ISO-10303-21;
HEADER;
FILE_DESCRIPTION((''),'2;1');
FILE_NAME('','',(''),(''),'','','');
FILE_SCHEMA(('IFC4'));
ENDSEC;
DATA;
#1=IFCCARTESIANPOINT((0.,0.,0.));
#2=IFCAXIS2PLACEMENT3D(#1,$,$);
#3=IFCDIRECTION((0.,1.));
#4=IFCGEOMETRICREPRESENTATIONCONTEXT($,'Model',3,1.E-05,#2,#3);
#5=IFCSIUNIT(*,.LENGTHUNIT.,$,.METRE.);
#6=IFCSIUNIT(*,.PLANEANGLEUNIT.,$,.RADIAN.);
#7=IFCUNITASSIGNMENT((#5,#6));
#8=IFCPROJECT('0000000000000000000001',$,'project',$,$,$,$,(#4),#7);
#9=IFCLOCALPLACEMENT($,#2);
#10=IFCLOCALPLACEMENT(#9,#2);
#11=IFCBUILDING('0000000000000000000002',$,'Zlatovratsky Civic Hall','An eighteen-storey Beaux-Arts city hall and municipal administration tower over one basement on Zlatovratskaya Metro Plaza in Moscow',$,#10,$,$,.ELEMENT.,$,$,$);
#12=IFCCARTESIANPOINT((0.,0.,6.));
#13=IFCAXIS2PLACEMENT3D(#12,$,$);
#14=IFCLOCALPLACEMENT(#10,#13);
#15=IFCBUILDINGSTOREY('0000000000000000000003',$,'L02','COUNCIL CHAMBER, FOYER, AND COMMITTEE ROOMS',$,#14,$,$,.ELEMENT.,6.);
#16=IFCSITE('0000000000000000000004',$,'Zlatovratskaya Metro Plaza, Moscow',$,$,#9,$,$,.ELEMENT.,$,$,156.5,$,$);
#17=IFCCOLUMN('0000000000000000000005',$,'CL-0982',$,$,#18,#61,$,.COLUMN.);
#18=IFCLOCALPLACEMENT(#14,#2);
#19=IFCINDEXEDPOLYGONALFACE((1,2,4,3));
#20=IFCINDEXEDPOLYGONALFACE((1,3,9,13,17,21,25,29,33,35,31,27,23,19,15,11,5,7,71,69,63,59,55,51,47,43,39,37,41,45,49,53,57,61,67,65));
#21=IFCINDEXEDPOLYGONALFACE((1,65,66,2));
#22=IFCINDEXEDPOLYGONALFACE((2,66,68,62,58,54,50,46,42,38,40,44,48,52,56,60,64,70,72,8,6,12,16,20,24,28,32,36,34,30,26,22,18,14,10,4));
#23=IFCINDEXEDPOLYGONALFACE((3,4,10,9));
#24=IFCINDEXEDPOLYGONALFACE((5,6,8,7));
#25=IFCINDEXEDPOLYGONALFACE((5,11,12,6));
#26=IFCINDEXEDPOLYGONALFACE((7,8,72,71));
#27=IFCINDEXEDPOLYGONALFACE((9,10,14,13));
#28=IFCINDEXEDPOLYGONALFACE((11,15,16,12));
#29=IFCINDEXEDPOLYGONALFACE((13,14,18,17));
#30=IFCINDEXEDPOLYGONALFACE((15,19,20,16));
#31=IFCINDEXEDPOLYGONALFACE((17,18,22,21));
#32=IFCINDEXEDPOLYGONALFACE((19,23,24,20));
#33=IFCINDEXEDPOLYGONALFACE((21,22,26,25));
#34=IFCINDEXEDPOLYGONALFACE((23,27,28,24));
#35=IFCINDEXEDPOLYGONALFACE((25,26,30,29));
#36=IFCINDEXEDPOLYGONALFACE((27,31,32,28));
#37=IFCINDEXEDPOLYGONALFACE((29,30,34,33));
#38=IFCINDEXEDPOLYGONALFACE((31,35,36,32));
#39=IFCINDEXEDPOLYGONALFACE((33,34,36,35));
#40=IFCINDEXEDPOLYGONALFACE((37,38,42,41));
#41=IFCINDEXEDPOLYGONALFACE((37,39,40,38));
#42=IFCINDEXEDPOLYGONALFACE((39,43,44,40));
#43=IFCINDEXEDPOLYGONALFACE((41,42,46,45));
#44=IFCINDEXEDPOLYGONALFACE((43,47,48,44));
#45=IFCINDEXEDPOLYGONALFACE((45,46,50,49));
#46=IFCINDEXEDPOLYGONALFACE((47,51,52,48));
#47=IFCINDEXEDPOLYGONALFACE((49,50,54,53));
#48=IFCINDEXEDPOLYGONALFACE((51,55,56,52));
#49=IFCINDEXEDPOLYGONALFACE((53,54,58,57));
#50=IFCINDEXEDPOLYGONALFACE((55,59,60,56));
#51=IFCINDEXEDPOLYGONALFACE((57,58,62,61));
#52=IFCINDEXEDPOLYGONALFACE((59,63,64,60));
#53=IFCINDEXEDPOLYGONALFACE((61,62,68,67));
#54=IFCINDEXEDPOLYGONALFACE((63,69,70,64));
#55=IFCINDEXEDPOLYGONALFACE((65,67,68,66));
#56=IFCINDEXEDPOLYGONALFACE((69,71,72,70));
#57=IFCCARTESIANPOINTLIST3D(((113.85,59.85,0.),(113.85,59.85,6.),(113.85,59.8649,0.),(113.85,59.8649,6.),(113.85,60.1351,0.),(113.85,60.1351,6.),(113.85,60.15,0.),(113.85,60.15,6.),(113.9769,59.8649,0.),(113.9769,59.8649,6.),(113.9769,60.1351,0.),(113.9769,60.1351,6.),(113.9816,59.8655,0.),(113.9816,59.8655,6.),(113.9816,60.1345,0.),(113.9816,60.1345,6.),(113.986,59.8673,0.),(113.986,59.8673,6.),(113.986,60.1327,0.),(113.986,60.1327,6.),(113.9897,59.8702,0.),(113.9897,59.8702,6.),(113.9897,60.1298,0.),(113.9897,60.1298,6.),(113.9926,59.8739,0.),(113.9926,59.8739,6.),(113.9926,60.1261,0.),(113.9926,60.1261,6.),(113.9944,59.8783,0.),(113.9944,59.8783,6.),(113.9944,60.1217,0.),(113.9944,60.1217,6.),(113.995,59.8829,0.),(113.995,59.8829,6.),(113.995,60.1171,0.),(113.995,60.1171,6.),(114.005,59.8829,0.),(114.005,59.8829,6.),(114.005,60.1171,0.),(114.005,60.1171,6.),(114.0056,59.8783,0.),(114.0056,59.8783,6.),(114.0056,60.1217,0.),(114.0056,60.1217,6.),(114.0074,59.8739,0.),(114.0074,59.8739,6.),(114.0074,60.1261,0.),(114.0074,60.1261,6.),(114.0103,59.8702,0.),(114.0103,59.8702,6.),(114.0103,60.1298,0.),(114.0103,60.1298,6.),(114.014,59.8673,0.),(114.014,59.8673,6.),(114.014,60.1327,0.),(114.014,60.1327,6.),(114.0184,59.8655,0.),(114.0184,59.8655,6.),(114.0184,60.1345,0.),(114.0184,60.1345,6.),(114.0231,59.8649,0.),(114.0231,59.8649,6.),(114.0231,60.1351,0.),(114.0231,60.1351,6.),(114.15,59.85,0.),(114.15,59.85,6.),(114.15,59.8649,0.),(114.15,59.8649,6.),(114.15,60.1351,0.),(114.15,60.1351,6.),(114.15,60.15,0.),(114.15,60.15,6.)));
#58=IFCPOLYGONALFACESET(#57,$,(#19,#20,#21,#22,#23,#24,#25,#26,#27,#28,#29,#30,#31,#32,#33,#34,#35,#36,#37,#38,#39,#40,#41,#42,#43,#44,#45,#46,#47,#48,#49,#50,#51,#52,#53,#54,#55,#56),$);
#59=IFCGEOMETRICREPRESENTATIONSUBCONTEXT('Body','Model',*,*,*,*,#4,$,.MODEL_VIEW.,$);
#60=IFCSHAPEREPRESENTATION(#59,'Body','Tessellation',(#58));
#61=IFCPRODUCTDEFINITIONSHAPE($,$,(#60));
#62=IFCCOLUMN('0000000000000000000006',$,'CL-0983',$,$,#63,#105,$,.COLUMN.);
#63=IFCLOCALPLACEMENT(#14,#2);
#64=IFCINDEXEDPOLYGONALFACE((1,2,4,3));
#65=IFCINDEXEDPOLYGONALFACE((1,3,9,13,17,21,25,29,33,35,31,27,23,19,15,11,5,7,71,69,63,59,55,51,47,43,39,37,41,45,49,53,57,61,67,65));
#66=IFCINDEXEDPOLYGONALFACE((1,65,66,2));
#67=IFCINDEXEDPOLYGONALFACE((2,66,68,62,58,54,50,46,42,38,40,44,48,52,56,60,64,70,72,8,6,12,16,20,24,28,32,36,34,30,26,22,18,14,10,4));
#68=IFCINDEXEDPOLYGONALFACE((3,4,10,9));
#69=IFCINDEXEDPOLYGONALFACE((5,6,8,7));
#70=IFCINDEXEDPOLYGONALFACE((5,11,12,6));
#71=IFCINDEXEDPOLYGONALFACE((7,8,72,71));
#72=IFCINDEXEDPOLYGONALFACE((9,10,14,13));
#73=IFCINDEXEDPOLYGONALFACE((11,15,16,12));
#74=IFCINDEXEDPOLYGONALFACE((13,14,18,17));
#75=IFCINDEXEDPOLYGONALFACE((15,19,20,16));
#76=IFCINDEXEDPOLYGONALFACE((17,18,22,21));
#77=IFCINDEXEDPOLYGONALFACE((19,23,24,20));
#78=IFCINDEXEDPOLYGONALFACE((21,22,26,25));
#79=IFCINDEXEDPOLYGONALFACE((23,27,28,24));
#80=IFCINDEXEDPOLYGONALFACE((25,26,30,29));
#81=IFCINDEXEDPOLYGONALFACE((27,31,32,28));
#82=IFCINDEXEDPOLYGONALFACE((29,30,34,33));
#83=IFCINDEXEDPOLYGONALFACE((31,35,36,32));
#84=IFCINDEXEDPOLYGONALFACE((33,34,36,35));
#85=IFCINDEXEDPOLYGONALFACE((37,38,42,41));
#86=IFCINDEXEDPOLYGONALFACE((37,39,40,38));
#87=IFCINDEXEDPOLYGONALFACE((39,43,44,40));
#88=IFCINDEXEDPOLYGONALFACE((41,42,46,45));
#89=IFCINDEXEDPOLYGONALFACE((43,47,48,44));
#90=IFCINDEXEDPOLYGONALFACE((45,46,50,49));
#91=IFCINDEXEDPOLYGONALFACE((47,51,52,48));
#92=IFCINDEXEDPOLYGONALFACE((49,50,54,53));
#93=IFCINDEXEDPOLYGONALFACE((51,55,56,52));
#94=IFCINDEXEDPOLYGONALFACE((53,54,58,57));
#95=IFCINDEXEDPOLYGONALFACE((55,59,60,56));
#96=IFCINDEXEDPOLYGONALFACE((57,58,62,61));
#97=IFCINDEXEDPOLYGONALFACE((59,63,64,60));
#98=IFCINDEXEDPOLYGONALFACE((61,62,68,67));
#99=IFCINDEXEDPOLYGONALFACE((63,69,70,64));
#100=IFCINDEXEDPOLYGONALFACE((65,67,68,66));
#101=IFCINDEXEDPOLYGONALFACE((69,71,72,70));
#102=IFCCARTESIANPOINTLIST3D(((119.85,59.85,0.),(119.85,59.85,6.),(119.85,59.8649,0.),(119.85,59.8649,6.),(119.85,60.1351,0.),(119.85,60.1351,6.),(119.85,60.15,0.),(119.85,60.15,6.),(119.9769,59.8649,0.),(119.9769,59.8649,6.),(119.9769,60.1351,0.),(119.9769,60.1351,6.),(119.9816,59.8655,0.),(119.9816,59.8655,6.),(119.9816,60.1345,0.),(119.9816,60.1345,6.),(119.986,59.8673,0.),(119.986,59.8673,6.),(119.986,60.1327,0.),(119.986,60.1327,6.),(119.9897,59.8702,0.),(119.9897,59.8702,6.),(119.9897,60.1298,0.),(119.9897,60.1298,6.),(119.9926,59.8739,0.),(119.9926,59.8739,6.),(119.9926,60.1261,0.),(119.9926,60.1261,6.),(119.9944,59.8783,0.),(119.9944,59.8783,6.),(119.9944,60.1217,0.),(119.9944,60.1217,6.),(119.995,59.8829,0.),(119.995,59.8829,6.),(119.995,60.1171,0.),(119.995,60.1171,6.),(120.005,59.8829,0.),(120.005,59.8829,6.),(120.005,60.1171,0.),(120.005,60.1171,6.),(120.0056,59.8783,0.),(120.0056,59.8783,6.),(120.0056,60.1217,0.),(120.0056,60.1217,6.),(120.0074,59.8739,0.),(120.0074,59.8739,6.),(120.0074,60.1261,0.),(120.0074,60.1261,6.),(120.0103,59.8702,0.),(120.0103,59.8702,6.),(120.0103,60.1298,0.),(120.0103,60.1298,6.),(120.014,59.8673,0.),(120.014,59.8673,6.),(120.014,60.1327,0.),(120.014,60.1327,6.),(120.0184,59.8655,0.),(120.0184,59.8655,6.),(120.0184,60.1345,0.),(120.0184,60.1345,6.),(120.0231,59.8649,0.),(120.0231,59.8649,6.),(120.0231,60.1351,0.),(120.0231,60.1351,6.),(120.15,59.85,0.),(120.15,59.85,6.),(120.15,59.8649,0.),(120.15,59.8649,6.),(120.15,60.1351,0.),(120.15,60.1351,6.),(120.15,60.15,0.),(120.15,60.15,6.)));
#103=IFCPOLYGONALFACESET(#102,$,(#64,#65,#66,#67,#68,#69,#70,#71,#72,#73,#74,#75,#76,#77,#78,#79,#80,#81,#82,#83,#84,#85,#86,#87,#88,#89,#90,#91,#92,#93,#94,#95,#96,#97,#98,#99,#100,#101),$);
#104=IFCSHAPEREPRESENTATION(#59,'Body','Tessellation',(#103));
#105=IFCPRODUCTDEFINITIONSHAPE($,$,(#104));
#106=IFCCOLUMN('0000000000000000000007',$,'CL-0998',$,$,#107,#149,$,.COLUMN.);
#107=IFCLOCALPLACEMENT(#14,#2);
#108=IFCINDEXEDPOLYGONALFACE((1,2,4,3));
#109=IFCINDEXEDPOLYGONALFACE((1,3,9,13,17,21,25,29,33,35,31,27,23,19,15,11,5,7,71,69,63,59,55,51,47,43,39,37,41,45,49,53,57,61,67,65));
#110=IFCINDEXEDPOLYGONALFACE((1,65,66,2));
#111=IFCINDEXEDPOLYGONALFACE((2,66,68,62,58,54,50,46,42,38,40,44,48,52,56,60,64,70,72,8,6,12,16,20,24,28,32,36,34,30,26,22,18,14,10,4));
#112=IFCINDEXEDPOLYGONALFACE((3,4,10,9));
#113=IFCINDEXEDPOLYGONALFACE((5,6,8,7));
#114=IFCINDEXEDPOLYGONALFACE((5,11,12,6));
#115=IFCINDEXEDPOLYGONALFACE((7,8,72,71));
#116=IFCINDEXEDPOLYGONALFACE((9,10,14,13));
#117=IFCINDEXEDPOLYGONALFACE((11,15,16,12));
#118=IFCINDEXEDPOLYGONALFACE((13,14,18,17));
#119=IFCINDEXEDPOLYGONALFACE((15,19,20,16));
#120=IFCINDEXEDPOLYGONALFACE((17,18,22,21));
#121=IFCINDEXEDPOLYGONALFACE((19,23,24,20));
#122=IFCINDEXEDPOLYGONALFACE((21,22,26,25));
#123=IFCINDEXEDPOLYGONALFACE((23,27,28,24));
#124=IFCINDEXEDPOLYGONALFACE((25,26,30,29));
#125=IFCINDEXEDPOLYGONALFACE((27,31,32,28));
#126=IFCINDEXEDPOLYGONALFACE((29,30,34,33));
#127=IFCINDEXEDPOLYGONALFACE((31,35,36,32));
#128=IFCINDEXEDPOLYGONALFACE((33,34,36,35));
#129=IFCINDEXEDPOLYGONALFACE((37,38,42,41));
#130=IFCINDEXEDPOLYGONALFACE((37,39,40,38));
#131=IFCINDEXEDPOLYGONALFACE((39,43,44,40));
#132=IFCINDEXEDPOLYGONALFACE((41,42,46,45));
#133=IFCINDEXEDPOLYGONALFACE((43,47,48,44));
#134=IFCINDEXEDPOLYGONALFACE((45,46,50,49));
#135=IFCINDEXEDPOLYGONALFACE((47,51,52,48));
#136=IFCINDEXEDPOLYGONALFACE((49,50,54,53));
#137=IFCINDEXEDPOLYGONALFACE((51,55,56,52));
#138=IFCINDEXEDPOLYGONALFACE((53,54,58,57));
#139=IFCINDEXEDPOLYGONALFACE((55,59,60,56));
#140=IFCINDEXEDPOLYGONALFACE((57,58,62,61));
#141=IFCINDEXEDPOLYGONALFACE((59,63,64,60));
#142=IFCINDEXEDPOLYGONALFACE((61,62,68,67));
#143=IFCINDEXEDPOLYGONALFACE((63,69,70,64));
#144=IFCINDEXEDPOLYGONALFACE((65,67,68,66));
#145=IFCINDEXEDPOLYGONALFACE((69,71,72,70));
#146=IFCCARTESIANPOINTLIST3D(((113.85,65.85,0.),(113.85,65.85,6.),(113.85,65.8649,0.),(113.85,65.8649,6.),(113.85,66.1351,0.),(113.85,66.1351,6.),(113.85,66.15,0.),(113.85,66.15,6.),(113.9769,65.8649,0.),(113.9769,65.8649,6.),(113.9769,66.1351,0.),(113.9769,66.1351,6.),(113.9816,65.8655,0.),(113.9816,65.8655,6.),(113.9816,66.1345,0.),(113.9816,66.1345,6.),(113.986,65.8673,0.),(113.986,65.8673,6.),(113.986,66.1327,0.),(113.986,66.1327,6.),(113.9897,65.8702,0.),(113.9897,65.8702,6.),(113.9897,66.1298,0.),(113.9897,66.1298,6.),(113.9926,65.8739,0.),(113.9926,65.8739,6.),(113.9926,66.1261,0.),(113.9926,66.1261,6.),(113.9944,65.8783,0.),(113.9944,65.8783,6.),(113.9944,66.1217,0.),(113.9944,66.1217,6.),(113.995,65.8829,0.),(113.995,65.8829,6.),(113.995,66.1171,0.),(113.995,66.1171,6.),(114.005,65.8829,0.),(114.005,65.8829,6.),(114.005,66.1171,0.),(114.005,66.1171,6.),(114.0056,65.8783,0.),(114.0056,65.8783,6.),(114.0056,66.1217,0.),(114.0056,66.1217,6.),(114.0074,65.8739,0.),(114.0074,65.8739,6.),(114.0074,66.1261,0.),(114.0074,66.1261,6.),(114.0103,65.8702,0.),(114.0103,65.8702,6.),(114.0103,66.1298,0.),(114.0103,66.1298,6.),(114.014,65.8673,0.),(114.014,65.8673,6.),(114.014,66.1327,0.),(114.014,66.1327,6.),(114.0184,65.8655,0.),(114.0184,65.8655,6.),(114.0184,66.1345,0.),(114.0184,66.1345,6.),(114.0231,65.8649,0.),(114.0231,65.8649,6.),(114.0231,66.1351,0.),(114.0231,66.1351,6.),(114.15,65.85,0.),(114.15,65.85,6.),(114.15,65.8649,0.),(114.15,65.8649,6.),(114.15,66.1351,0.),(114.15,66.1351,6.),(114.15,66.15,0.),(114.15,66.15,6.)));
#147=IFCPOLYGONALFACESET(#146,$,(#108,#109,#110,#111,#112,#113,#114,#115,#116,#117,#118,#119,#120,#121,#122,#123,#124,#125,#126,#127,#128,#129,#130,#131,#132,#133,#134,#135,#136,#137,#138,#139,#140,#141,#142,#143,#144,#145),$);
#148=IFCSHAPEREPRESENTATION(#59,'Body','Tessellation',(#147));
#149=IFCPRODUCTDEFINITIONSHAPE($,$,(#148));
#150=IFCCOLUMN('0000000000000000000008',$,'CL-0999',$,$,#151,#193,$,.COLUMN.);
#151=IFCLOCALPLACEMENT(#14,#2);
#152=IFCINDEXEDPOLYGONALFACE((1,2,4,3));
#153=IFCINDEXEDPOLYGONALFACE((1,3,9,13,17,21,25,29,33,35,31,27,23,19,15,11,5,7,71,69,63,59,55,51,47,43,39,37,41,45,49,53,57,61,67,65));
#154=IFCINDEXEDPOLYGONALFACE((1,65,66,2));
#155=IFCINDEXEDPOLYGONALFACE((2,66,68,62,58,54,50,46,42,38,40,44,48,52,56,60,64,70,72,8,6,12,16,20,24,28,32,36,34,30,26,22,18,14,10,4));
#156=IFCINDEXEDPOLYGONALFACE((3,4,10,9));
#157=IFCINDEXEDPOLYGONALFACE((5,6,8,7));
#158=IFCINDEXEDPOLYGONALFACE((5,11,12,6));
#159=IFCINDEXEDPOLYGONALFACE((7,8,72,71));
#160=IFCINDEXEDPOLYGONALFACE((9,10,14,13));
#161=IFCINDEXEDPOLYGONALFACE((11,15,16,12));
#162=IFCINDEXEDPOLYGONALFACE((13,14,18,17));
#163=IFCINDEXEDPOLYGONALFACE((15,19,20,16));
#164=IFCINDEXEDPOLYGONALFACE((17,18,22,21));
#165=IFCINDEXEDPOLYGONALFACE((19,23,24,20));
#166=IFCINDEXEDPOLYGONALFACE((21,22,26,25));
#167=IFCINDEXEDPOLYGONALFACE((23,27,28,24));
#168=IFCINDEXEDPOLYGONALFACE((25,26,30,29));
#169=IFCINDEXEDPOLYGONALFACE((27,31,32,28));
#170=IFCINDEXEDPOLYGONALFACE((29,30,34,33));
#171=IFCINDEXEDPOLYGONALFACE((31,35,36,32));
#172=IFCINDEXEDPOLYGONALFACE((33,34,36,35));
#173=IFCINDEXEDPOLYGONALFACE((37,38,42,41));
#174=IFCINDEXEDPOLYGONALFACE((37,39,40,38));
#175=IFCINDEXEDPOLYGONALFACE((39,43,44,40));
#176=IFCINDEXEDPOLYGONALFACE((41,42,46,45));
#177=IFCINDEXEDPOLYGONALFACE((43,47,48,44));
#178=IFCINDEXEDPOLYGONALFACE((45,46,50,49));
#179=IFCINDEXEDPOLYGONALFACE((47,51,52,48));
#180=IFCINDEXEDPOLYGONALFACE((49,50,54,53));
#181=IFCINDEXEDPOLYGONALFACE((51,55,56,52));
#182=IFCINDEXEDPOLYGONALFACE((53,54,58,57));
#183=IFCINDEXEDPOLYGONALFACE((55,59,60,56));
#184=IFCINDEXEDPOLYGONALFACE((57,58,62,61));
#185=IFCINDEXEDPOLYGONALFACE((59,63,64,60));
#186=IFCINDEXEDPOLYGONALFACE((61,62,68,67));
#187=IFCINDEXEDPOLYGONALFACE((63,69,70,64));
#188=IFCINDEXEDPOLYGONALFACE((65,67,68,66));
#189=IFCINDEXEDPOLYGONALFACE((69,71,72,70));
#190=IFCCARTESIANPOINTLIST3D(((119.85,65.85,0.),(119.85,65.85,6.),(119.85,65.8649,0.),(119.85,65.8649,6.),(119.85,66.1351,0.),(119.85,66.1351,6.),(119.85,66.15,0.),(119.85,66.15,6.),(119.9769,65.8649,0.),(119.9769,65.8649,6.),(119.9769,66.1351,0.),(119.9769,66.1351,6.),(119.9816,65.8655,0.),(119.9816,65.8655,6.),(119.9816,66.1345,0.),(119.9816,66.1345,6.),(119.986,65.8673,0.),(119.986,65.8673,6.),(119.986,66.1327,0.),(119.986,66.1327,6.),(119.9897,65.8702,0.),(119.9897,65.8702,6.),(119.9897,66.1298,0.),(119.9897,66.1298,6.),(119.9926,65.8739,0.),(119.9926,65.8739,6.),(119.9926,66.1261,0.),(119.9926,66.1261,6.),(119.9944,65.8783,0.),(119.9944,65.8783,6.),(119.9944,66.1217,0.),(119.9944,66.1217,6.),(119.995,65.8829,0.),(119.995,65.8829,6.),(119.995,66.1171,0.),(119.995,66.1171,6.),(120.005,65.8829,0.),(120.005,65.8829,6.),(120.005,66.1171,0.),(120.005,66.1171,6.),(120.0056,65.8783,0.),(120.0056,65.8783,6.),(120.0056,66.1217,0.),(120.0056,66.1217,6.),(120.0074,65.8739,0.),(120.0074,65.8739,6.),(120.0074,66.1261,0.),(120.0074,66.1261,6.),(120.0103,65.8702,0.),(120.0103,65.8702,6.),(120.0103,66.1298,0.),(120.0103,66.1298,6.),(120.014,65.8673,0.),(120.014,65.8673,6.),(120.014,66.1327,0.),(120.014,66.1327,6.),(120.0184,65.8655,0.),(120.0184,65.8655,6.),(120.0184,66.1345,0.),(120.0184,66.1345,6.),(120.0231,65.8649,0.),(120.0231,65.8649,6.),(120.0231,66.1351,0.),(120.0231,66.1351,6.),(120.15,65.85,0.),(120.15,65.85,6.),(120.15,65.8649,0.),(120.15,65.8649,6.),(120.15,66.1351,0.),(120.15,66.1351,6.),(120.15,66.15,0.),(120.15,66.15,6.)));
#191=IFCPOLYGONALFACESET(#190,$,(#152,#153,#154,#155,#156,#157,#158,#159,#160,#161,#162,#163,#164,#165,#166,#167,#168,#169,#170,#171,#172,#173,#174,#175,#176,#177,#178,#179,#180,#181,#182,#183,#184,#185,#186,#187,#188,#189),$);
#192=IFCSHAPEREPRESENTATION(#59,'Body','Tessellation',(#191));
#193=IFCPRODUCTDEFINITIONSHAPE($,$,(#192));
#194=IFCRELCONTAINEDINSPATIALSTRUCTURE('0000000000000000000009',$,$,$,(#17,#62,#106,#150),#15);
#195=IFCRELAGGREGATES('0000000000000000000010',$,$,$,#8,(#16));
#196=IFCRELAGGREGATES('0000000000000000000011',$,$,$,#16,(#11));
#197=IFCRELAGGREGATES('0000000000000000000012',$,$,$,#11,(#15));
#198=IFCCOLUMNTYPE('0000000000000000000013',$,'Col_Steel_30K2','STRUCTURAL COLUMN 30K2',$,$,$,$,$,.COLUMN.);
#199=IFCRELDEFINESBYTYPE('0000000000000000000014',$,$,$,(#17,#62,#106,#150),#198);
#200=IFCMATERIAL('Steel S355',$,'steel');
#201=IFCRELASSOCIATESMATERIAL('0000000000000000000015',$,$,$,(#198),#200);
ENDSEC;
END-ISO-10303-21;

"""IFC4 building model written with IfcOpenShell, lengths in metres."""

from ifc_helpers import new_model, si_unit, direction, frame, origin, origin_2d, place, context, subcontext, project, spatial, i_section, extrude, material, material_profile, profile_set, type_object, element, save


model = new_model("IFC4")

# Units and contexts
model_context = context("Model", 3, precision=1e-05, world=origin(), true_north=direction((0.0, 1.0)))
body_context = subcontext(model_context, "Body", "Model", "MODEL_VIEW")
ifc_project = project(units=[si_unit("LENGTHUNIT", "METRE"), si_unit("PLANEANGLEUNIT", "RADIAN")], contexts=[model_context])

# Site, building, storey
site_placement = place(None, origin())
site = spatial("IfcSite", under=ifc_project, at=site_placement, Name="Zlatovratskaya Metro Plaza, Moscow", CompositionType="ELEMENT", RefElevation=156.5)
building_placement = place(site_placement, origin())
building = spatial("IfcBuilding", under=site, at=building_placement, Name="Zlatovratsky Civic Hall", Description="An eighteen-storey Beaux-Arts city hall and municipal administration tower over one basement on Zlatovratskaya Metro Plaza in Moscow", CompositionType="ELEMENT")
storey_placement = place(building_placement, frame((0.0, 0.0, 6.0)))
storey = spatial("IfcBuildingStorey", under=building, at=storey_placement, Name="L02", Description="COUNCIL CHAMBER, FOYER, AND COMMITTEE ROOMS", CompositionType="ELEMENT", Elevation=6.0)

# Columns
ifc_material_1 = material(Name="Steel S355", Category="steel")
ifc_material_profile_1 = material_profile(ifc_material_1, i_section(OverallWidth=0.3, OverallDepth=0.3, WebThickness=0.01, FlangeThickness=0.0149, FilletRadius=0.0181, at=origin_2d()), Name="30K2")
ifc_profile_set_1 = profile_set([ifc_material_profile_1], Name="Steel S355")
column_type = type_object("IfcColumnType", Name="Col_Steel_30K2", Description="STRUCTURAL COLUMN 30K2", PredefinedType="COLUMN", material=ifc_profile_set_1)
for number, where, z_axis, x_axis, name in (
    (1, (114.0, 60.0, 0.0), (0.0, 0.0, 1.0), (1.0, 0.0, 0.0), "CL-0982"),
    (2, (120.0, 60.0, 0.0), (0.0, 0.0, 1.0), (1.0, 0.0, 0.0), "CL-0983"),
    (3, (114.0, 66.0, 0.0), (0.0, 0.0, 1.0), (1.0, 0.0, 0.0), "CL-0998"),
    (4, (120.0, 66.0, 0.0), (0.0, 0.0, 1.0), (1.0, 0.0, 0.0), "CL-0999"),
):
    element("IfcColumn", number, at=place(storey_placement, frame(where, z_axis=z_axis, x_axis=x_axis)), inside=storey, type_object=column_type, Name=name, PredefinedType="COLUMN", context=body_context, shape_type="SweptSolid", body=[
        extrude(i_section(OverallWidth=0.3, OverallDepth=0.3, WebThickness=0.01, FlangeThickness=0.0149, FilletRadius=0.0181, at=origin_2d()), origin(), (0.0, 0.0, 1.0), 6.0),
    ])

save(model, "model.ifc")
